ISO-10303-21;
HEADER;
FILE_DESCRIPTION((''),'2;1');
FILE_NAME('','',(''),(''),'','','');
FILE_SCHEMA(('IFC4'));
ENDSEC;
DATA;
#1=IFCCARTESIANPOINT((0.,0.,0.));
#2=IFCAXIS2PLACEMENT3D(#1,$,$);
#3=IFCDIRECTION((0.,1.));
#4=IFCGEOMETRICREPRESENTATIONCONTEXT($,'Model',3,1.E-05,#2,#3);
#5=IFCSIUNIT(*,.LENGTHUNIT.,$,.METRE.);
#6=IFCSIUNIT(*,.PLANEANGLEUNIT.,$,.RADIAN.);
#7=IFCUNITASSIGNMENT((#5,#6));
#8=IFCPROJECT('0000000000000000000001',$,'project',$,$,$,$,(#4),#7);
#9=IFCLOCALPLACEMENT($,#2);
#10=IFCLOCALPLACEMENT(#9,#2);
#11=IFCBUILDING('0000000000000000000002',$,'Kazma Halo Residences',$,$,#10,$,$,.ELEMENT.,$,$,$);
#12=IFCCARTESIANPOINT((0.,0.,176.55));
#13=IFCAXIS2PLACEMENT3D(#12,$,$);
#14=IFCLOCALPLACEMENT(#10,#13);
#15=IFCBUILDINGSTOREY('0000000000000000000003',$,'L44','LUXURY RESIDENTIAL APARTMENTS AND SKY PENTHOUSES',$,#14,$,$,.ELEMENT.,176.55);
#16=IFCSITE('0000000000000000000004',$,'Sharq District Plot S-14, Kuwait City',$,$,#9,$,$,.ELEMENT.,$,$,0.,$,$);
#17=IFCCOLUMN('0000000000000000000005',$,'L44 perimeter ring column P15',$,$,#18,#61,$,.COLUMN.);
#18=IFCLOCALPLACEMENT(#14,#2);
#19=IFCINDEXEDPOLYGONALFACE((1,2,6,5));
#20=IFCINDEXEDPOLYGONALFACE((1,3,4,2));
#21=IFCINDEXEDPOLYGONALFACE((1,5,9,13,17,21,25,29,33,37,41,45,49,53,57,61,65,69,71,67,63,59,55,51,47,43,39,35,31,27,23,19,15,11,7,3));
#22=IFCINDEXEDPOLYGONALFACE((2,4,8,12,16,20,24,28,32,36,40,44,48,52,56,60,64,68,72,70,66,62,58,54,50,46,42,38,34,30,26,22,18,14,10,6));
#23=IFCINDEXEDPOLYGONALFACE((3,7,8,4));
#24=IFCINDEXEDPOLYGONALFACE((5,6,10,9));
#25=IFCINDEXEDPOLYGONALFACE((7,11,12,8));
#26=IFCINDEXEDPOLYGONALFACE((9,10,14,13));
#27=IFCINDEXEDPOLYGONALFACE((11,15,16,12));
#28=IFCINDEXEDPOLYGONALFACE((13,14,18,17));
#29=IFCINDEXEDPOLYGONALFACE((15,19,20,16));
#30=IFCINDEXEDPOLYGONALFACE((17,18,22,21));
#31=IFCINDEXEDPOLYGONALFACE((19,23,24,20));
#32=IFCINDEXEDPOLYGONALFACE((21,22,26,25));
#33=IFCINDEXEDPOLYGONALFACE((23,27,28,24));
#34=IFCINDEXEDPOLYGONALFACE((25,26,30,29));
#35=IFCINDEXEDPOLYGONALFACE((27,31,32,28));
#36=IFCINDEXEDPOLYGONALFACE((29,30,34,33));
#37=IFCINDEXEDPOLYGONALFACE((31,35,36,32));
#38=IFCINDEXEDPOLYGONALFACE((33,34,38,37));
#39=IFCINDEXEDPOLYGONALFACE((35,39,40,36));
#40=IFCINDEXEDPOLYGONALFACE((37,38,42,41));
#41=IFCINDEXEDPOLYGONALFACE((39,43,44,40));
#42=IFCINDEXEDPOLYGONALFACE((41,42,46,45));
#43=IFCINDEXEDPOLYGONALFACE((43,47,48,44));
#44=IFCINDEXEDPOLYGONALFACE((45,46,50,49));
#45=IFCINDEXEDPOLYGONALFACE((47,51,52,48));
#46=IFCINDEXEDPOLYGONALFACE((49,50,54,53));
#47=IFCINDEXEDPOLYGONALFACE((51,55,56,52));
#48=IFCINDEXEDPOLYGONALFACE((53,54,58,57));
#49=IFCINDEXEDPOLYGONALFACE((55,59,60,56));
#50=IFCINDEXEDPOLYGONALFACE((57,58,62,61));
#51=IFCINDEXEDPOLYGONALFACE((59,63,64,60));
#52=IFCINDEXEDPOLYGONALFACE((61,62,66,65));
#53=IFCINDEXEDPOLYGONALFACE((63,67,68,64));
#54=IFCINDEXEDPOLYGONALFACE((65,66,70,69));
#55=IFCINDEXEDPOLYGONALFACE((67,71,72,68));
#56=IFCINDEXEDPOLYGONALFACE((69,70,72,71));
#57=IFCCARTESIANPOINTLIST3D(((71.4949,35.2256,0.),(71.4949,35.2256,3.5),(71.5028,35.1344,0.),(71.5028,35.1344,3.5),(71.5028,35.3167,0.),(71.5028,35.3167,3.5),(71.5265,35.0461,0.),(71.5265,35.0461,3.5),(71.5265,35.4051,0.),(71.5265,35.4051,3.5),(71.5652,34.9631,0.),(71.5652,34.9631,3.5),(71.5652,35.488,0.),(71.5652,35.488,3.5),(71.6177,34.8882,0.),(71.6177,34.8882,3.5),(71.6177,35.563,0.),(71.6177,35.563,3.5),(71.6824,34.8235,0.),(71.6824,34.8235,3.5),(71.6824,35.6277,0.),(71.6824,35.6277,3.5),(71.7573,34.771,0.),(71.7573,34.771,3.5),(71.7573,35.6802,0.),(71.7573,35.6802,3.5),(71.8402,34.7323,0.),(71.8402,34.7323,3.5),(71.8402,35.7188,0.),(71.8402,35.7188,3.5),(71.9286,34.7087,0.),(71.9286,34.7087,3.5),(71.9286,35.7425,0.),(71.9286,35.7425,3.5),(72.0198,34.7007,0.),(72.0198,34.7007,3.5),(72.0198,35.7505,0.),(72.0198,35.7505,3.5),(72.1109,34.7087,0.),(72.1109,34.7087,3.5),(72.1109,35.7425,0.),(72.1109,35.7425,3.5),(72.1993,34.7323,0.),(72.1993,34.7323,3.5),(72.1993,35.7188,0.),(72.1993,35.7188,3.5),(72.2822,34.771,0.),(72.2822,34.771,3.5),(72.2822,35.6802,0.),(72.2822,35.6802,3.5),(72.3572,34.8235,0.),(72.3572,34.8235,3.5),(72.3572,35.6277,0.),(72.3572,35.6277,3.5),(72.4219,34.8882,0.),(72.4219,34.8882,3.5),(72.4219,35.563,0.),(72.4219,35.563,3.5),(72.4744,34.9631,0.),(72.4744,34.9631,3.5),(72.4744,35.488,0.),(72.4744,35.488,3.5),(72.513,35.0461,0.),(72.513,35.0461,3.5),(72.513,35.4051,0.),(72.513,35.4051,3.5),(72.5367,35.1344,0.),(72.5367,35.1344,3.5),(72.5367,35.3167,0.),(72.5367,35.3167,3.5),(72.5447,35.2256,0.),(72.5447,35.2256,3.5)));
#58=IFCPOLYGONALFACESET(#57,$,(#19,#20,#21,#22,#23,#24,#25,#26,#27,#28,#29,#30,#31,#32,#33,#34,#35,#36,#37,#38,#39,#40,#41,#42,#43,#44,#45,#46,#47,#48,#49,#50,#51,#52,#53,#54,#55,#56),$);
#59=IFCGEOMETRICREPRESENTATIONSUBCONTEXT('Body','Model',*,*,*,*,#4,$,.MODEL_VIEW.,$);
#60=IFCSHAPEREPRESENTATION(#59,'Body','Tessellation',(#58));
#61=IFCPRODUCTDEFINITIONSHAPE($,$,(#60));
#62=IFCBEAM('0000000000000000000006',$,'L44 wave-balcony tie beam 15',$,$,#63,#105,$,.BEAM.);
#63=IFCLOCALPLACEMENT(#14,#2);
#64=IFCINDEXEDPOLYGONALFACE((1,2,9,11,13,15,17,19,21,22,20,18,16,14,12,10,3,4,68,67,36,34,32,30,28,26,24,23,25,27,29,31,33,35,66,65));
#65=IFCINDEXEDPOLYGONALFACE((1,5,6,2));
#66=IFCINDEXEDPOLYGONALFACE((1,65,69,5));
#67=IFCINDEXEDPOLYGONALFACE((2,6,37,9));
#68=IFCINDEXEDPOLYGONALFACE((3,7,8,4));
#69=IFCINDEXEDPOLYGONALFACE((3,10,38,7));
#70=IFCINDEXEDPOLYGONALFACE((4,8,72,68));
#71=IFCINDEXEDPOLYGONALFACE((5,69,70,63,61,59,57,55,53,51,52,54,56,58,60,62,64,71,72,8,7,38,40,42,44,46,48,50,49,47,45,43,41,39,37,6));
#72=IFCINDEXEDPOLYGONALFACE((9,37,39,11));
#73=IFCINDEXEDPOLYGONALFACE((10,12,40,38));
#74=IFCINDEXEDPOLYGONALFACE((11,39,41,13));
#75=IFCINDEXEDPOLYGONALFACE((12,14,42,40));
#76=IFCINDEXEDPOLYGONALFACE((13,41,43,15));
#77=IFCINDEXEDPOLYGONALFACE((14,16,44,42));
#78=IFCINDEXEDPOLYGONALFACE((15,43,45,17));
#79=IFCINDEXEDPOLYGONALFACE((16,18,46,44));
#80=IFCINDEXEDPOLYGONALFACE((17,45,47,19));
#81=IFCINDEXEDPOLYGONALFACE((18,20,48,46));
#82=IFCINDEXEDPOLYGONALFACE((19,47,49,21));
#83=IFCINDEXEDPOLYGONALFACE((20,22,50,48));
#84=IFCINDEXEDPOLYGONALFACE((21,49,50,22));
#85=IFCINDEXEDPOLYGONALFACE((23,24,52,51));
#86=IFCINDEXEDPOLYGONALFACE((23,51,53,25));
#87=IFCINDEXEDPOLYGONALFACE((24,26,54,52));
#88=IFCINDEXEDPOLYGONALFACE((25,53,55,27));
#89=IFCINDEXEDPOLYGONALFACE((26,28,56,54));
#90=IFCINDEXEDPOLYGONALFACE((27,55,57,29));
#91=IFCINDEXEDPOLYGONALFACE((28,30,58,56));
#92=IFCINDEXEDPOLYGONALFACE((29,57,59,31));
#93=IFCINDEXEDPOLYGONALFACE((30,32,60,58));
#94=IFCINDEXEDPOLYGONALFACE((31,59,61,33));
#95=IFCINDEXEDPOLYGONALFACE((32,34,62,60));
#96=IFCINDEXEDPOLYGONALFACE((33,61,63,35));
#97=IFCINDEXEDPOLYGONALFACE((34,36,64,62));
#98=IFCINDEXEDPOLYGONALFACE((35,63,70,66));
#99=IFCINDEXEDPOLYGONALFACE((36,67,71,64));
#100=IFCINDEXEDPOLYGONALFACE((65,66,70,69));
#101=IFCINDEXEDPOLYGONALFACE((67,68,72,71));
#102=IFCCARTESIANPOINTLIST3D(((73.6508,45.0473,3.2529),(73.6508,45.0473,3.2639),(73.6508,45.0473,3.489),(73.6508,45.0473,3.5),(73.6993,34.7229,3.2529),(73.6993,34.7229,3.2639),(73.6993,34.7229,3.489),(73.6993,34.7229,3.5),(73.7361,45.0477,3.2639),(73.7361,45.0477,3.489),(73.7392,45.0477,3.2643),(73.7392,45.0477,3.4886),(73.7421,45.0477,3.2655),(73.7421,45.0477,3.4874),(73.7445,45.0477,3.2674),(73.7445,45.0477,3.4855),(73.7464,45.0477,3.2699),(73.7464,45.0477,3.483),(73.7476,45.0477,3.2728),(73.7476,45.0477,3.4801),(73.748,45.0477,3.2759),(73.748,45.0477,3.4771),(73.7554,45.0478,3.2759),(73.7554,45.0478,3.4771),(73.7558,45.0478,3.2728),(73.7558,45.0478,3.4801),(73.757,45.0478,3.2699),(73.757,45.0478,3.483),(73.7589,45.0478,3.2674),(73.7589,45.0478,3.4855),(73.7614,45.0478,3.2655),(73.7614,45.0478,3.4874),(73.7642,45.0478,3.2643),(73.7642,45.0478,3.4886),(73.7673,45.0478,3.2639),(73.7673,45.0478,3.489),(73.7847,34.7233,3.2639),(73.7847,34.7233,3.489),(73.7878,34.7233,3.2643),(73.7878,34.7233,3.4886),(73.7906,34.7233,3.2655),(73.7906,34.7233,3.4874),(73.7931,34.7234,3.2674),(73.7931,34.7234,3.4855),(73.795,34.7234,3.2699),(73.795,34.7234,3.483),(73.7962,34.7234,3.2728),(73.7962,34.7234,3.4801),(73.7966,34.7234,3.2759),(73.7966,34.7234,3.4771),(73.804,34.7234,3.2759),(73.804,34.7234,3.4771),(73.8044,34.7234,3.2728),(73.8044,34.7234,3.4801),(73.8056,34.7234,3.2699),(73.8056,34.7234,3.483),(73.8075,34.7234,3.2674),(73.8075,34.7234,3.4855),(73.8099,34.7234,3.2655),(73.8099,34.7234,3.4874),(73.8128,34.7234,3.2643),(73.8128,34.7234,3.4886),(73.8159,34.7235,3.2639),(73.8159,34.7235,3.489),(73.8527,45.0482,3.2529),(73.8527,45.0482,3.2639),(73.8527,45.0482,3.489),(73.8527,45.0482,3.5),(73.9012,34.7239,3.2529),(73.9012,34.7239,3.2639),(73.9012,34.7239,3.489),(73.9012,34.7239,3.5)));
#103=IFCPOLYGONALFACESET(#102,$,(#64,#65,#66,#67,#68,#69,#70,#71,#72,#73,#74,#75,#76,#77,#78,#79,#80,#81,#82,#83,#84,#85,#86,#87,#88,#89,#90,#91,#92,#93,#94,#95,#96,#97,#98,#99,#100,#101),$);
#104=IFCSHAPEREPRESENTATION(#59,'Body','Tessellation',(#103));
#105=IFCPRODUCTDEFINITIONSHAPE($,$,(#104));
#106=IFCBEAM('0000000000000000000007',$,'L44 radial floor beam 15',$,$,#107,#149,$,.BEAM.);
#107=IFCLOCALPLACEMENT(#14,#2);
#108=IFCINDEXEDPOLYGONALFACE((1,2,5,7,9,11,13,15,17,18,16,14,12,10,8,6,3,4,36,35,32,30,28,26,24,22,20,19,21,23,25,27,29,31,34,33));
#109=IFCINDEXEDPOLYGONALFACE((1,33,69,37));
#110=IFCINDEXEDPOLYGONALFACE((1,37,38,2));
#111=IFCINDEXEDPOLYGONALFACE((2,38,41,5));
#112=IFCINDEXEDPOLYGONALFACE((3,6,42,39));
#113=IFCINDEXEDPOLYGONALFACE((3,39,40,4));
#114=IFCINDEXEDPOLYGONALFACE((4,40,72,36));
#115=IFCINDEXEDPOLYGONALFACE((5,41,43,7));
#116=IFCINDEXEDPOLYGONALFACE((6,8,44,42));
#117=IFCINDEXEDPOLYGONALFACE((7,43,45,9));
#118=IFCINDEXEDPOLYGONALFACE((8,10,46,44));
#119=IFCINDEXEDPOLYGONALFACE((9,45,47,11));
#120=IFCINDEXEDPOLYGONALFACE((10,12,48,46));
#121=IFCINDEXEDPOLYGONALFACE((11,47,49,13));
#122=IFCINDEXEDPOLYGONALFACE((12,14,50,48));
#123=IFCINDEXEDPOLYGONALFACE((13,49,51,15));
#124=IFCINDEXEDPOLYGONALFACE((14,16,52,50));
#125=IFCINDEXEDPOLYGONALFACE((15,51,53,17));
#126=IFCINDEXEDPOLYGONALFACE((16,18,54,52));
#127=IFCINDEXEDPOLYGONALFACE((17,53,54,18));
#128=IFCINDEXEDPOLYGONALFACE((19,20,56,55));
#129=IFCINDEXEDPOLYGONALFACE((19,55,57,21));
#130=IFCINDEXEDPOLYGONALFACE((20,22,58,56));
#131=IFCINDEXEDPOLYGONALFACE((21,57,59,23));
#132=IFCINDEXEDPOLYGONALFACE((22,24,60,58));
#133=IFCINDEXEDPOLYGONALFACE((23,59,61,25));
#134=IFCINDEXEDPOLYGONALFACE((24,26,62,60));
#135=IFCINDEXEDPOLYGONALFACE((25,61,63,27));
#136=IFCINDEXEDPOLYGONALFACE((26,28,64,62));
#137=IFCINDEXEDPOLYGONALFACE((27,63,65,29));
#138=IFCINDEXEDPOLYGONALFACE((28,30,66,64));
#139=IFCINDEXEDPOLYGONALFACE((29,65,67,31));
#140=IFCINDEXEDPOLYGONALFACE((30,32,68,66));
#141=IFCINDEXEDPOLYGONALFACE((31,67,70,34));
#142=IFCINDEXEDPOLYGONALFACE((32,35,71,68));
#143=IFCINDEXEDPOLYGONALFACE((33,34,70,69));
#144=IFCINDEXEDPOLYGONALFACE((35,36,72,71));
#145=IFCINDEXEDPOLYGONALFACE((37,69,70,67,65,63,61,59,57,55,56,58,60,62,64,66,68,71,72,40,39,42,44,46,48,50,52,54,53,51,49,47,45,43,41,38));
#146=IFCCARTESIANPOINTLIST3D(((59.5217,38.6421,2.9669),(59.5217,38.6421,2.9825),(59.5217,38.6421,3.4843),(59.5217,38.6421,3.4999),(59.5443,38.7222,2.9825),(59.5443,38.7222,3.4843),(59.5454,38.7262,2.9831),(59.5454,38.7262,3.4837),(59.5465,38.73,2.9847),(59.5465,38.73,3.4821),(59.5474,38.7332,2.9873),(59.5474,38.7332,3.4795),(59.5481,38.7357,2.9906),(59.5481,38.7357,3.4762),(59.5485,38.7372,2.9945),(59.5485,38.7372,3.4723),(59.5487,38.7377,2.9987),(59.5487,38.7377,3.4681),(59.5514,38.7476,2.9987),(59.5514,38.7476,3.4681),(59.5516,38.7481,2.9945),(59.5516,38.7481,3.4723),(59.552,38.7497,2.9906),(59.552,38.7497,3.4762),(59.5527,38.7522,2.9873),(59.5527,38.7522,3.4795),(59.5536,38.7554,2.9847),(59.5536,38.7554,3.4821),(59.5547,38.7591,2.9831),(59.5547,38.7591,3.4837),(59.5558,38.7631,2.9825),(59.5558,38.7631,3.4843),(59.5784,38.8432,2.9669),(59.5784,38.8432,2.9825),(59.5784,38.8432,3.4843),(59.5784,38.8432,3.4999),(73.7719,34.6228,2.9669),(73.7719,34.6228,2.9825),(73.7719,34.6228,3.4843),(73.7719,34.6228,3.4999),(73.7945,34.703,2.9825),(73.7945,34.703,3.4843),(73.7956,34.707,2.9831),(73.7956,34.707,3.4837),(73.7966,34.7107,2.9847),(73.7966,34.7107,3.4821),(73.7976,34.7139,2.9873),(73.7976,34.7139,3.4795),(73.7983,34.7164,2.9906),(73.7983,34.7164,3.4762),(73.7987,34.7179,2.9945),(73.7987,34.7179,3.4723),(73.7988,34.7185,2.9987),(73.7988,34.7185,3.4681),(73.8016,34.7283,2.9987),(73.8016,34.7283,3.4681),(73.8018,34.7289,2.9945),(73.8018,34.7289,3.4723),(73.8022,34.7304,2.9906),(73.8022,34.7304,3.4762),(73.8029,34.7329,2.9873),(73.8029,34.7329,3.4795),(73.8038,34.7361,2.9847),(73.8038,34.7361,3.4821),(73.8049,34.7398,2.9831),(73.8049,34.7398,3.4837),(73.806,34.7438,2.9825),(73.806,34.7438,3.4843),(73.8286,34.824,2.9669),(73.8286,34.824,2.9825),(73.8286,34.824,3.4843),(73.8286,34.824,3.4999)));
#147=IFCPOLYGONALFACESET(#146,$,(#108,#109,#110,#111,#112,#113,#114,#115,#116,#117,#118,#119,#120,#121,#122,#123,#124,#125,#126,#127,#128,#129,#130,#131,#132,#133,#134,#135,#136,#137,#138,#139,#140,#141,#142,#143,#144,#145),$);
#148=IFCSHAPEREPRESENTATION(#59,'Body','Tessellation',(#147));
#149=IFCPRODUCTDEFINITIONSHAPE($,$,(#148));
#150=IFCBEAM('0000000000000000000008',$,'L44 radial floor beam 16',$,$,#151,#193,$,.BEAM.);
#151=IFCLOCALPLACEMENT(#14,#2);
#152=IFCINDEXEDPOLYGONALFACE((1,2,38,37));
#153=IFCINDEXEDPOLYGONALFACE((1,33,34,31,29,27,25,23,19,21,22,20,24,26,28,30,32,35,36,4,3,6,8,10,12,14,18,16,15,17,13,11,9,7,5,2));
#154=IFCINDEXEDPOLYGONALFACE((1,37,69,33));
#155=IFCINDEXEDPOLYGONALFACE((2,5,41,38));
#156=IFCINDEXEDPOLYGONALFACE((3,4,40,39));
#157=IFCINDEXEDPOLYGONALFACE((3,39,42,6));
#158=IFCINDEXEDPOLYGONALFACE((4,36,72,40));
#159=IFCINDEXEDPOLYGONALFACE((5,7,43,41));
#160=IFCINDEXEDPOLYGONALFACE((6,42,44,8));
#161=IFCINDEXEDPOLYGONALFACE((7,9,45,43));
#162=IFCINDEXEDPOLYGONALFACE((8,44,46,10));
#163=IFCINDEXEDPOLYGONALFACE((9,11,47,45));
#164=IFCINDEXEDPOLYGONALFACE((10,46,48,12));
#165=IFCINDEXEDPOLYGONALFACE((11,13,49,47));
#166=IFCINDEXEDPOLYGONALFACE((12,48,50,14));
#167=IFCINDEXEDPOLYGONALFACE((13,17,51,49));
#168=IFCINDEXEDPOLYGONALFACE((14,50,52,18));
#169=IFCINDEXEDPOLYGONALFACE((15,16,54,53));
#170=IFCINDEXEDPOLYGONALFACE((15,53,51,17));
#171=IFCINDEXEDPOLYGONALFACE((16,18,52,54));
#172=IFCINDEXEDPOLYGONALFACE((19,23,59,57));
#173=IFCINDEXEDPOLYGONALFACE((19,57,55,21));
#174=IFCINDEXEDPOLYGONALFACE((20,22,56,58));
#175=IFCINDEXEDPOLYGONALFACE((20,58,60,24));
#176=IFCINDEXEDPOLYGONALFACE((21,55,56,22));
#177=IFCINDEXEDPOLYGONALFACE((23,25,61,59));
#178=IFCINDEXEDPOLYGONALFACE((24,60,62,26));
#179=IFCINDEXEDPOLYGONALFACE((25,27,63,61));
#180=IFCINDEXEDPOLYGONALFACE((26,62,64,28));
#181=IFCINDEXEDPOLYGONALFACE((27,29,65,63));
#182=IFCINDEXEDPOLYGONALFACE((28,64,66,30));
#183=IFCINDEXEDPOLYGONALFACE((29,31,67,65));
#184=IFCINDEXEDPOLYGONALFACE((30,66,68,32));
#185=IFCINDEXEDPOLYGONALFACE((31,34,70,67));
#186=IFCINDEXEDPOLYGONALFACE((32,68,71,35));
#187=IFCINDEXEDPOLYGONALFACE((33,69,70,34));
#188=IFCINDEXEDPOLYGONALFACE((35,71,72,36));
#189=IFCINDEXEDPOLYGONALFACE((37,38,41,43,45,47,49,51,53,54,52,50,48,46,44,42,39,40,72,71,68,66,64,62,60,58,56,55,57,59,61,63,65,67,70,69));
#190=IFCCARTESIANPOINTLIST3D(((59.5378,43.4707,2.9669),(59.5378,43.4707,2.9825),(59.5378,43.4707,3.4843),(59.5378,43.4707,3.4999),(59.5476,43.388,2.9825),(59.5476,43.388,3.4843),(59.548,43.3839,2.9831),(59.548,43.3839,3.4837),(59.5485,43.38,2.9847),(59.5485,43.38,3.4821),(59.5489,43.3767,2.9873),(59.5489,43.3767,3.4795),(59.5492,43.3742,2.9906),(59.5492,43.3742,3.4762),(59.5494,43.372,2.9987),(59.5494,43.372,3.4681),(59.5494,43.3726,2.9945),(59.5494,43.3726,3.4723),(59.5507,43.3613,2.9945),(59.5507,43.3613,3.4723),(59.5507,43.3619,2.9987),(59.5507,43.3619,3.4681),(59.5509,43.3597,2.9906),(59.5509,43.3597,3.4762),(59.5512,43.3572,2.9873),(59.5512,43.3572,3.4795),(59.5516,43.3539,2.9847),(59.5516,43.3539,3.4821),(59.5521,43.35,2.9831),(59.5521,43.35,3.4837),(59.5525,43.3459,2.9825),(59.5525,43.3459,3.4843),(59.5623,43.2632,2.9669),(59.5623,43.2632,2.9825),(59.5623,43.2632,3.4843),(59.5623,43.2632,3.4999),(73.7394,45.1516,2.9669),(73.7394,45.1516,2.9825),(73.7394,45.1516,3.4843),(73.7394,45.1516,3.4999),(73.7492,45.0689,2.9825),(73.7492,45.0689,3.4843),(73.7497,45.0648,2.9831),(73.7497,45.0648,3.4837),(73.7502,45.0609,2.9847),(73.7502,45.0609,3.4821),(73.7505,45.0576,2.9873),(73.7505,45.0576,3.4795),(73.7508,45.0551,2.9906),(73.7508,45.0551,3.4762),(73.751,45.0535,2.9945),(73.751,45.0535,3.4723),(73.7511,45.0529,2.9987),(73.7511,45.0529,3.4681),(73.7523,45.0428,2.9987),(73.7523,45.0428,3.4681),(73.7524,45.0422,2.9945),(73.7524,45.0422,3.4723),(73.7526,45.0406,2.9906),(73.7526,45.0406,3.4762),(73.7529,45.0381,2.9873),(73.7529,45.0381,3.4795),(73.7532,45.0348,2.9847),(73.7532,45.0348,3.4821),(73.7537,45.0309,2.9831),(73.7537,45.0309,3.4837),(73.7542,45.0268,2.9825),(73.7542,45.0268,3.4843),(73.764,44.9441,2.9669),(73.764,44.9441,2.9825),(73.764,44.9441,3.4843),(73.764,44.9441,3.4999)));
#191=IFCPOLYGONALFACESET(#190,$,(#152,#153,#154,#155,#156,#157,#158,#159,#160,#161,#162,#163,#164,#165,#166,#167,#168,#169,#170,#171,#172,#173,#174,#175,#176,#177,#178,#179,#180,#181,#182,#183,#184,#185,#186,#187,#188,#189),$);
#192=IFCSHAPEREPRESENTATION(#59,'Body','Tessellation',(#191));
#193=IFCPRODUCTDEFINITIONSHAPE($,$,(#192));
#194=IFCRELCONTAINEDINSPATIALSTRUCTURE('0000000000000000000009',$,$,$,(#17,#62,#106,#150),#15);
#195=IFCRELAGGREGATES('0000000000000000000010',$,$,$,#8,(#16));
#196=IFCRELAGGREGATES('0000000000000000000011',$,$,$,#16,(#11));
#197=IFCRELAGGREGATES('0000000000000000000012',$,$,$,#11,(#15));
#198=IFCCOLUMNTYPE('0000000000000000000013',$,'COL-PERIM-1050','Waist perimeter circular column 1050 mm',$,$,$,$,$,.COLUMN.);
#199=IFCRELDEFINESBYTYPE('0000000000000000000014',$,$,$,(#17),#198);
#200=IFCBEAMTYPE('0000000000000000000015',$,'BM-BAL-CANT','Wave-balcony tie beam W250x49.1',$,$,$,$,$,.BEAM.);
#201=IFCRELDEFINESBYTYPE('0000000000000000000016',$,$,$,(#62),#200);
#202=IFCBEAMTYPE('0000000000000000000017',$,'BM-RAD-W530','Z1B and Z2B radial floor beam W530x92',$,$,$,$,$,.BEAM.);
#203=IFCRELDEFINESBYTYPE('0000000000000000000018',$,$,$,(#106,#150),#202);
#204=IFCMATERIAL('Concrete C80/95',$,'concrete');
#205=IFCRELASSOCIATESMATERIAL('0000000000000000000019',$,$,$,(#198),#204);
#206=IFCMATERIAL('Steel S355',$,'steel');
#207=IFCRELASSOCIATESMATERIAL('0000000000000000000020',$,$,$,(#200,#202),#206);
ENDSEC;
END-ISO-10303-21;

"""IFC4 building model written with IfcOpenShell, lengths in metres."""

from ifc_helpers import new_model, si_unit, direction, frame, origin, origin_2d, place, context, subcontext, project, spatial, circle, i_section, extrude, material, material_profile, profile_set, type_object, element, save


model = new_model("IFC4")

# Units and contexts
model_context = context("Model", 3, precision=1e-05, world=origin(), true_north=direction((0.0, 1.0)))
body_context = subcontext(model_context, "Body", "Model", "MODEL_VIEW")
ifc_project = project(units=[si_unit("LENGTHUNIT", "METRE"), si_unit("PLANEANGLEUNIT", "RADIAN")], contexts=[model_context])

# Site, building, storey
site_placement = place(None, origin())
site = spatial("IfcSite", under=ifc_project, at=site_placement, Name="Sharq District Plot S-14, Kuwait City", CompositionType="ELEMENT", RefElevation=0.0)
building_placement = place(site_placement, origin())
building = spatial("IfcBuilding", under=site, at=building_placement, Name="Kazma Halo Residences", CompositionType="ELEMENT")
storey_placement = place(building_placement, frame((0.0, 0.0, 176.55)))
storey = spatial("IfcBuildingStorey", under=building, at=storey_placement, Name="L44", Description="LUXURY RESIDENTIAL APARTMENTS AND SKY PENTHOUSES", CompositionType="ELEMENT", Elevation=176.55)

# Column
ifc_material_1 = material(Name="Concrete C80/95", Category="concrete")
ifc_material_profile_1 = material_profile(ifc_material_1, circle(Radius=0.5249, at=origin_2d()), Name="CIRC1050")
ifc_profile_set_1 = profile_set([ifc_material_profile_1], Name="Concrete C80/95")
column_type = type_object("IfcColumnType", Name="COL-PERIM-1050", Description="Waist perimeter circular column 1050 mm", PredefinedType="COLUMN", material=ifc_profile_set_1)
column_placement = place(storey_placement, frame((72.0198, 35.2256, 0.0), z_axis=(0.0, 0.0, 1.0), x_axis=(1.0, 0.0, 0.0)))
element("IfcColumn", 1, at=column_placement, inside=storey, type_object=column_type, Name="L44 perimeter ring column P15", PredefinedType="COLUMN", context=body_context, shape_type="SweptSolid", body=[
    extrude(circle(Radius=0.5249, at=origin_2d()), origin(), (0.0, 0.0, 1.0), 3.5),
])

# Beams
ifc_material_2 = material(Name="Steel S355", Category="steel")
ifc_material_profile_2 = material_profile(ifc_material_2, i_section(OverallWidth=0.2019, OverallDepth=0.2471, WebThickness=0.0073, FlangeThickness=0.011, FilletRadius=0.012, at=origin_2d()), Name="W250x49.1")
ifc_profile_set_2 = profile_set([ifc_material_profile_2], Name="Steel S355")
beam_type_1 = type_object("IfcBeamType", Name="BM-BAL-CANT", Description="Wave-balcony tie beam W250x49.1", PredefinedType="BEAM", material=ifc_profile_set_2)
beam_1_placement = place(storey_placement, frame((73.8003, 34.7234, 3.3765), z_axis=(-0.004706, 0.999989, 0.0), x_axis=(-0.999989, -0.004706, 0.0)))
element("IfcBeam", 2, at=beam_1_placement, inside=storey, type_object=beam_type_1, Name="L44 wave-balcony tie beam 15", PredefinedType="BEAM", context=body_context, shape_type="SweptSolid", body=[
    extrude(i_section(OverallWidth=0.2019, OverallDepth=0.2471, WebThickness=0.0073, FlangeThickness=0.011, FilletRadius=0.012, at=origin_2d()), origin(), (0.0, 0.0, 1.0), 10.3245),
])
ifc_material_profile_3 = material_profile(ifc_material_2, i_section(OverallWidth=0.209, OverallDepth=0.533, WebThickness=0.0103, FlangeThickness=0.0156, FilletRadius=0.0161, at=origin_2d()), Name="W530x92")
ifc_profile_set_3 = profile_set([ifc_material_profile_3], Name="Steel S355")
beam_type_2 = type_object("IfcBeamType", Name="BM-RAD-W530", Description="Z1B and Z2B radial floor beam W530x92", PredefinedType="BEAM", material=ifc_profile_set_3)
beam_2_placement = place(storey_placement, frame((59.55, 38.7427, 3.2334), z_axis=(0.96245, -0.271459, 0.0), x_axis=(0.271459, 0.96245, 0.0)))
element("IfcBeam", 3, at=beam_2_placement, inside=storey, type_object=beam_type_2, Name="L44 radial floor beam 15", PredefinedType="BEAM", context=body_context, shape_type="SweptSolid", body=[
    extrude(i_section(OverallWidth=0.209, OverallDepth=0.533, WebThickness=0.0103, FlangeThickness=0.0156, FilletRadius=0.0161, at=origin_2d()), origin(), (0.0, 0.0, 1.0), 14.8062),
])
beam_3_placement = place(storey_placement, frame((59.55, 43.3669, 3.2334), z_axis=(0.993068, 0.11754, 0.0), x_axis=(-0.11754, 0.993068, 0.0)))
element("IfcBeam", 4, at=beam_3_placement, inside=storey, type_object=beam_type_2, Name="L44 radial floor beam 16", PredefinedType="BEAM", context=body_context, shape_type="SweptSolid", body=[
    extrude(i_section(OverallWidth=0.209, OverallDepth=0.533, WebThickness=0.0103, FlangeThickness=0.0156, FilletRadius=0.0161, at=origin_2d()), origin(), (0.0, 0.0, 1.0), 14.3008),
])

save(model, "model.ifc")
